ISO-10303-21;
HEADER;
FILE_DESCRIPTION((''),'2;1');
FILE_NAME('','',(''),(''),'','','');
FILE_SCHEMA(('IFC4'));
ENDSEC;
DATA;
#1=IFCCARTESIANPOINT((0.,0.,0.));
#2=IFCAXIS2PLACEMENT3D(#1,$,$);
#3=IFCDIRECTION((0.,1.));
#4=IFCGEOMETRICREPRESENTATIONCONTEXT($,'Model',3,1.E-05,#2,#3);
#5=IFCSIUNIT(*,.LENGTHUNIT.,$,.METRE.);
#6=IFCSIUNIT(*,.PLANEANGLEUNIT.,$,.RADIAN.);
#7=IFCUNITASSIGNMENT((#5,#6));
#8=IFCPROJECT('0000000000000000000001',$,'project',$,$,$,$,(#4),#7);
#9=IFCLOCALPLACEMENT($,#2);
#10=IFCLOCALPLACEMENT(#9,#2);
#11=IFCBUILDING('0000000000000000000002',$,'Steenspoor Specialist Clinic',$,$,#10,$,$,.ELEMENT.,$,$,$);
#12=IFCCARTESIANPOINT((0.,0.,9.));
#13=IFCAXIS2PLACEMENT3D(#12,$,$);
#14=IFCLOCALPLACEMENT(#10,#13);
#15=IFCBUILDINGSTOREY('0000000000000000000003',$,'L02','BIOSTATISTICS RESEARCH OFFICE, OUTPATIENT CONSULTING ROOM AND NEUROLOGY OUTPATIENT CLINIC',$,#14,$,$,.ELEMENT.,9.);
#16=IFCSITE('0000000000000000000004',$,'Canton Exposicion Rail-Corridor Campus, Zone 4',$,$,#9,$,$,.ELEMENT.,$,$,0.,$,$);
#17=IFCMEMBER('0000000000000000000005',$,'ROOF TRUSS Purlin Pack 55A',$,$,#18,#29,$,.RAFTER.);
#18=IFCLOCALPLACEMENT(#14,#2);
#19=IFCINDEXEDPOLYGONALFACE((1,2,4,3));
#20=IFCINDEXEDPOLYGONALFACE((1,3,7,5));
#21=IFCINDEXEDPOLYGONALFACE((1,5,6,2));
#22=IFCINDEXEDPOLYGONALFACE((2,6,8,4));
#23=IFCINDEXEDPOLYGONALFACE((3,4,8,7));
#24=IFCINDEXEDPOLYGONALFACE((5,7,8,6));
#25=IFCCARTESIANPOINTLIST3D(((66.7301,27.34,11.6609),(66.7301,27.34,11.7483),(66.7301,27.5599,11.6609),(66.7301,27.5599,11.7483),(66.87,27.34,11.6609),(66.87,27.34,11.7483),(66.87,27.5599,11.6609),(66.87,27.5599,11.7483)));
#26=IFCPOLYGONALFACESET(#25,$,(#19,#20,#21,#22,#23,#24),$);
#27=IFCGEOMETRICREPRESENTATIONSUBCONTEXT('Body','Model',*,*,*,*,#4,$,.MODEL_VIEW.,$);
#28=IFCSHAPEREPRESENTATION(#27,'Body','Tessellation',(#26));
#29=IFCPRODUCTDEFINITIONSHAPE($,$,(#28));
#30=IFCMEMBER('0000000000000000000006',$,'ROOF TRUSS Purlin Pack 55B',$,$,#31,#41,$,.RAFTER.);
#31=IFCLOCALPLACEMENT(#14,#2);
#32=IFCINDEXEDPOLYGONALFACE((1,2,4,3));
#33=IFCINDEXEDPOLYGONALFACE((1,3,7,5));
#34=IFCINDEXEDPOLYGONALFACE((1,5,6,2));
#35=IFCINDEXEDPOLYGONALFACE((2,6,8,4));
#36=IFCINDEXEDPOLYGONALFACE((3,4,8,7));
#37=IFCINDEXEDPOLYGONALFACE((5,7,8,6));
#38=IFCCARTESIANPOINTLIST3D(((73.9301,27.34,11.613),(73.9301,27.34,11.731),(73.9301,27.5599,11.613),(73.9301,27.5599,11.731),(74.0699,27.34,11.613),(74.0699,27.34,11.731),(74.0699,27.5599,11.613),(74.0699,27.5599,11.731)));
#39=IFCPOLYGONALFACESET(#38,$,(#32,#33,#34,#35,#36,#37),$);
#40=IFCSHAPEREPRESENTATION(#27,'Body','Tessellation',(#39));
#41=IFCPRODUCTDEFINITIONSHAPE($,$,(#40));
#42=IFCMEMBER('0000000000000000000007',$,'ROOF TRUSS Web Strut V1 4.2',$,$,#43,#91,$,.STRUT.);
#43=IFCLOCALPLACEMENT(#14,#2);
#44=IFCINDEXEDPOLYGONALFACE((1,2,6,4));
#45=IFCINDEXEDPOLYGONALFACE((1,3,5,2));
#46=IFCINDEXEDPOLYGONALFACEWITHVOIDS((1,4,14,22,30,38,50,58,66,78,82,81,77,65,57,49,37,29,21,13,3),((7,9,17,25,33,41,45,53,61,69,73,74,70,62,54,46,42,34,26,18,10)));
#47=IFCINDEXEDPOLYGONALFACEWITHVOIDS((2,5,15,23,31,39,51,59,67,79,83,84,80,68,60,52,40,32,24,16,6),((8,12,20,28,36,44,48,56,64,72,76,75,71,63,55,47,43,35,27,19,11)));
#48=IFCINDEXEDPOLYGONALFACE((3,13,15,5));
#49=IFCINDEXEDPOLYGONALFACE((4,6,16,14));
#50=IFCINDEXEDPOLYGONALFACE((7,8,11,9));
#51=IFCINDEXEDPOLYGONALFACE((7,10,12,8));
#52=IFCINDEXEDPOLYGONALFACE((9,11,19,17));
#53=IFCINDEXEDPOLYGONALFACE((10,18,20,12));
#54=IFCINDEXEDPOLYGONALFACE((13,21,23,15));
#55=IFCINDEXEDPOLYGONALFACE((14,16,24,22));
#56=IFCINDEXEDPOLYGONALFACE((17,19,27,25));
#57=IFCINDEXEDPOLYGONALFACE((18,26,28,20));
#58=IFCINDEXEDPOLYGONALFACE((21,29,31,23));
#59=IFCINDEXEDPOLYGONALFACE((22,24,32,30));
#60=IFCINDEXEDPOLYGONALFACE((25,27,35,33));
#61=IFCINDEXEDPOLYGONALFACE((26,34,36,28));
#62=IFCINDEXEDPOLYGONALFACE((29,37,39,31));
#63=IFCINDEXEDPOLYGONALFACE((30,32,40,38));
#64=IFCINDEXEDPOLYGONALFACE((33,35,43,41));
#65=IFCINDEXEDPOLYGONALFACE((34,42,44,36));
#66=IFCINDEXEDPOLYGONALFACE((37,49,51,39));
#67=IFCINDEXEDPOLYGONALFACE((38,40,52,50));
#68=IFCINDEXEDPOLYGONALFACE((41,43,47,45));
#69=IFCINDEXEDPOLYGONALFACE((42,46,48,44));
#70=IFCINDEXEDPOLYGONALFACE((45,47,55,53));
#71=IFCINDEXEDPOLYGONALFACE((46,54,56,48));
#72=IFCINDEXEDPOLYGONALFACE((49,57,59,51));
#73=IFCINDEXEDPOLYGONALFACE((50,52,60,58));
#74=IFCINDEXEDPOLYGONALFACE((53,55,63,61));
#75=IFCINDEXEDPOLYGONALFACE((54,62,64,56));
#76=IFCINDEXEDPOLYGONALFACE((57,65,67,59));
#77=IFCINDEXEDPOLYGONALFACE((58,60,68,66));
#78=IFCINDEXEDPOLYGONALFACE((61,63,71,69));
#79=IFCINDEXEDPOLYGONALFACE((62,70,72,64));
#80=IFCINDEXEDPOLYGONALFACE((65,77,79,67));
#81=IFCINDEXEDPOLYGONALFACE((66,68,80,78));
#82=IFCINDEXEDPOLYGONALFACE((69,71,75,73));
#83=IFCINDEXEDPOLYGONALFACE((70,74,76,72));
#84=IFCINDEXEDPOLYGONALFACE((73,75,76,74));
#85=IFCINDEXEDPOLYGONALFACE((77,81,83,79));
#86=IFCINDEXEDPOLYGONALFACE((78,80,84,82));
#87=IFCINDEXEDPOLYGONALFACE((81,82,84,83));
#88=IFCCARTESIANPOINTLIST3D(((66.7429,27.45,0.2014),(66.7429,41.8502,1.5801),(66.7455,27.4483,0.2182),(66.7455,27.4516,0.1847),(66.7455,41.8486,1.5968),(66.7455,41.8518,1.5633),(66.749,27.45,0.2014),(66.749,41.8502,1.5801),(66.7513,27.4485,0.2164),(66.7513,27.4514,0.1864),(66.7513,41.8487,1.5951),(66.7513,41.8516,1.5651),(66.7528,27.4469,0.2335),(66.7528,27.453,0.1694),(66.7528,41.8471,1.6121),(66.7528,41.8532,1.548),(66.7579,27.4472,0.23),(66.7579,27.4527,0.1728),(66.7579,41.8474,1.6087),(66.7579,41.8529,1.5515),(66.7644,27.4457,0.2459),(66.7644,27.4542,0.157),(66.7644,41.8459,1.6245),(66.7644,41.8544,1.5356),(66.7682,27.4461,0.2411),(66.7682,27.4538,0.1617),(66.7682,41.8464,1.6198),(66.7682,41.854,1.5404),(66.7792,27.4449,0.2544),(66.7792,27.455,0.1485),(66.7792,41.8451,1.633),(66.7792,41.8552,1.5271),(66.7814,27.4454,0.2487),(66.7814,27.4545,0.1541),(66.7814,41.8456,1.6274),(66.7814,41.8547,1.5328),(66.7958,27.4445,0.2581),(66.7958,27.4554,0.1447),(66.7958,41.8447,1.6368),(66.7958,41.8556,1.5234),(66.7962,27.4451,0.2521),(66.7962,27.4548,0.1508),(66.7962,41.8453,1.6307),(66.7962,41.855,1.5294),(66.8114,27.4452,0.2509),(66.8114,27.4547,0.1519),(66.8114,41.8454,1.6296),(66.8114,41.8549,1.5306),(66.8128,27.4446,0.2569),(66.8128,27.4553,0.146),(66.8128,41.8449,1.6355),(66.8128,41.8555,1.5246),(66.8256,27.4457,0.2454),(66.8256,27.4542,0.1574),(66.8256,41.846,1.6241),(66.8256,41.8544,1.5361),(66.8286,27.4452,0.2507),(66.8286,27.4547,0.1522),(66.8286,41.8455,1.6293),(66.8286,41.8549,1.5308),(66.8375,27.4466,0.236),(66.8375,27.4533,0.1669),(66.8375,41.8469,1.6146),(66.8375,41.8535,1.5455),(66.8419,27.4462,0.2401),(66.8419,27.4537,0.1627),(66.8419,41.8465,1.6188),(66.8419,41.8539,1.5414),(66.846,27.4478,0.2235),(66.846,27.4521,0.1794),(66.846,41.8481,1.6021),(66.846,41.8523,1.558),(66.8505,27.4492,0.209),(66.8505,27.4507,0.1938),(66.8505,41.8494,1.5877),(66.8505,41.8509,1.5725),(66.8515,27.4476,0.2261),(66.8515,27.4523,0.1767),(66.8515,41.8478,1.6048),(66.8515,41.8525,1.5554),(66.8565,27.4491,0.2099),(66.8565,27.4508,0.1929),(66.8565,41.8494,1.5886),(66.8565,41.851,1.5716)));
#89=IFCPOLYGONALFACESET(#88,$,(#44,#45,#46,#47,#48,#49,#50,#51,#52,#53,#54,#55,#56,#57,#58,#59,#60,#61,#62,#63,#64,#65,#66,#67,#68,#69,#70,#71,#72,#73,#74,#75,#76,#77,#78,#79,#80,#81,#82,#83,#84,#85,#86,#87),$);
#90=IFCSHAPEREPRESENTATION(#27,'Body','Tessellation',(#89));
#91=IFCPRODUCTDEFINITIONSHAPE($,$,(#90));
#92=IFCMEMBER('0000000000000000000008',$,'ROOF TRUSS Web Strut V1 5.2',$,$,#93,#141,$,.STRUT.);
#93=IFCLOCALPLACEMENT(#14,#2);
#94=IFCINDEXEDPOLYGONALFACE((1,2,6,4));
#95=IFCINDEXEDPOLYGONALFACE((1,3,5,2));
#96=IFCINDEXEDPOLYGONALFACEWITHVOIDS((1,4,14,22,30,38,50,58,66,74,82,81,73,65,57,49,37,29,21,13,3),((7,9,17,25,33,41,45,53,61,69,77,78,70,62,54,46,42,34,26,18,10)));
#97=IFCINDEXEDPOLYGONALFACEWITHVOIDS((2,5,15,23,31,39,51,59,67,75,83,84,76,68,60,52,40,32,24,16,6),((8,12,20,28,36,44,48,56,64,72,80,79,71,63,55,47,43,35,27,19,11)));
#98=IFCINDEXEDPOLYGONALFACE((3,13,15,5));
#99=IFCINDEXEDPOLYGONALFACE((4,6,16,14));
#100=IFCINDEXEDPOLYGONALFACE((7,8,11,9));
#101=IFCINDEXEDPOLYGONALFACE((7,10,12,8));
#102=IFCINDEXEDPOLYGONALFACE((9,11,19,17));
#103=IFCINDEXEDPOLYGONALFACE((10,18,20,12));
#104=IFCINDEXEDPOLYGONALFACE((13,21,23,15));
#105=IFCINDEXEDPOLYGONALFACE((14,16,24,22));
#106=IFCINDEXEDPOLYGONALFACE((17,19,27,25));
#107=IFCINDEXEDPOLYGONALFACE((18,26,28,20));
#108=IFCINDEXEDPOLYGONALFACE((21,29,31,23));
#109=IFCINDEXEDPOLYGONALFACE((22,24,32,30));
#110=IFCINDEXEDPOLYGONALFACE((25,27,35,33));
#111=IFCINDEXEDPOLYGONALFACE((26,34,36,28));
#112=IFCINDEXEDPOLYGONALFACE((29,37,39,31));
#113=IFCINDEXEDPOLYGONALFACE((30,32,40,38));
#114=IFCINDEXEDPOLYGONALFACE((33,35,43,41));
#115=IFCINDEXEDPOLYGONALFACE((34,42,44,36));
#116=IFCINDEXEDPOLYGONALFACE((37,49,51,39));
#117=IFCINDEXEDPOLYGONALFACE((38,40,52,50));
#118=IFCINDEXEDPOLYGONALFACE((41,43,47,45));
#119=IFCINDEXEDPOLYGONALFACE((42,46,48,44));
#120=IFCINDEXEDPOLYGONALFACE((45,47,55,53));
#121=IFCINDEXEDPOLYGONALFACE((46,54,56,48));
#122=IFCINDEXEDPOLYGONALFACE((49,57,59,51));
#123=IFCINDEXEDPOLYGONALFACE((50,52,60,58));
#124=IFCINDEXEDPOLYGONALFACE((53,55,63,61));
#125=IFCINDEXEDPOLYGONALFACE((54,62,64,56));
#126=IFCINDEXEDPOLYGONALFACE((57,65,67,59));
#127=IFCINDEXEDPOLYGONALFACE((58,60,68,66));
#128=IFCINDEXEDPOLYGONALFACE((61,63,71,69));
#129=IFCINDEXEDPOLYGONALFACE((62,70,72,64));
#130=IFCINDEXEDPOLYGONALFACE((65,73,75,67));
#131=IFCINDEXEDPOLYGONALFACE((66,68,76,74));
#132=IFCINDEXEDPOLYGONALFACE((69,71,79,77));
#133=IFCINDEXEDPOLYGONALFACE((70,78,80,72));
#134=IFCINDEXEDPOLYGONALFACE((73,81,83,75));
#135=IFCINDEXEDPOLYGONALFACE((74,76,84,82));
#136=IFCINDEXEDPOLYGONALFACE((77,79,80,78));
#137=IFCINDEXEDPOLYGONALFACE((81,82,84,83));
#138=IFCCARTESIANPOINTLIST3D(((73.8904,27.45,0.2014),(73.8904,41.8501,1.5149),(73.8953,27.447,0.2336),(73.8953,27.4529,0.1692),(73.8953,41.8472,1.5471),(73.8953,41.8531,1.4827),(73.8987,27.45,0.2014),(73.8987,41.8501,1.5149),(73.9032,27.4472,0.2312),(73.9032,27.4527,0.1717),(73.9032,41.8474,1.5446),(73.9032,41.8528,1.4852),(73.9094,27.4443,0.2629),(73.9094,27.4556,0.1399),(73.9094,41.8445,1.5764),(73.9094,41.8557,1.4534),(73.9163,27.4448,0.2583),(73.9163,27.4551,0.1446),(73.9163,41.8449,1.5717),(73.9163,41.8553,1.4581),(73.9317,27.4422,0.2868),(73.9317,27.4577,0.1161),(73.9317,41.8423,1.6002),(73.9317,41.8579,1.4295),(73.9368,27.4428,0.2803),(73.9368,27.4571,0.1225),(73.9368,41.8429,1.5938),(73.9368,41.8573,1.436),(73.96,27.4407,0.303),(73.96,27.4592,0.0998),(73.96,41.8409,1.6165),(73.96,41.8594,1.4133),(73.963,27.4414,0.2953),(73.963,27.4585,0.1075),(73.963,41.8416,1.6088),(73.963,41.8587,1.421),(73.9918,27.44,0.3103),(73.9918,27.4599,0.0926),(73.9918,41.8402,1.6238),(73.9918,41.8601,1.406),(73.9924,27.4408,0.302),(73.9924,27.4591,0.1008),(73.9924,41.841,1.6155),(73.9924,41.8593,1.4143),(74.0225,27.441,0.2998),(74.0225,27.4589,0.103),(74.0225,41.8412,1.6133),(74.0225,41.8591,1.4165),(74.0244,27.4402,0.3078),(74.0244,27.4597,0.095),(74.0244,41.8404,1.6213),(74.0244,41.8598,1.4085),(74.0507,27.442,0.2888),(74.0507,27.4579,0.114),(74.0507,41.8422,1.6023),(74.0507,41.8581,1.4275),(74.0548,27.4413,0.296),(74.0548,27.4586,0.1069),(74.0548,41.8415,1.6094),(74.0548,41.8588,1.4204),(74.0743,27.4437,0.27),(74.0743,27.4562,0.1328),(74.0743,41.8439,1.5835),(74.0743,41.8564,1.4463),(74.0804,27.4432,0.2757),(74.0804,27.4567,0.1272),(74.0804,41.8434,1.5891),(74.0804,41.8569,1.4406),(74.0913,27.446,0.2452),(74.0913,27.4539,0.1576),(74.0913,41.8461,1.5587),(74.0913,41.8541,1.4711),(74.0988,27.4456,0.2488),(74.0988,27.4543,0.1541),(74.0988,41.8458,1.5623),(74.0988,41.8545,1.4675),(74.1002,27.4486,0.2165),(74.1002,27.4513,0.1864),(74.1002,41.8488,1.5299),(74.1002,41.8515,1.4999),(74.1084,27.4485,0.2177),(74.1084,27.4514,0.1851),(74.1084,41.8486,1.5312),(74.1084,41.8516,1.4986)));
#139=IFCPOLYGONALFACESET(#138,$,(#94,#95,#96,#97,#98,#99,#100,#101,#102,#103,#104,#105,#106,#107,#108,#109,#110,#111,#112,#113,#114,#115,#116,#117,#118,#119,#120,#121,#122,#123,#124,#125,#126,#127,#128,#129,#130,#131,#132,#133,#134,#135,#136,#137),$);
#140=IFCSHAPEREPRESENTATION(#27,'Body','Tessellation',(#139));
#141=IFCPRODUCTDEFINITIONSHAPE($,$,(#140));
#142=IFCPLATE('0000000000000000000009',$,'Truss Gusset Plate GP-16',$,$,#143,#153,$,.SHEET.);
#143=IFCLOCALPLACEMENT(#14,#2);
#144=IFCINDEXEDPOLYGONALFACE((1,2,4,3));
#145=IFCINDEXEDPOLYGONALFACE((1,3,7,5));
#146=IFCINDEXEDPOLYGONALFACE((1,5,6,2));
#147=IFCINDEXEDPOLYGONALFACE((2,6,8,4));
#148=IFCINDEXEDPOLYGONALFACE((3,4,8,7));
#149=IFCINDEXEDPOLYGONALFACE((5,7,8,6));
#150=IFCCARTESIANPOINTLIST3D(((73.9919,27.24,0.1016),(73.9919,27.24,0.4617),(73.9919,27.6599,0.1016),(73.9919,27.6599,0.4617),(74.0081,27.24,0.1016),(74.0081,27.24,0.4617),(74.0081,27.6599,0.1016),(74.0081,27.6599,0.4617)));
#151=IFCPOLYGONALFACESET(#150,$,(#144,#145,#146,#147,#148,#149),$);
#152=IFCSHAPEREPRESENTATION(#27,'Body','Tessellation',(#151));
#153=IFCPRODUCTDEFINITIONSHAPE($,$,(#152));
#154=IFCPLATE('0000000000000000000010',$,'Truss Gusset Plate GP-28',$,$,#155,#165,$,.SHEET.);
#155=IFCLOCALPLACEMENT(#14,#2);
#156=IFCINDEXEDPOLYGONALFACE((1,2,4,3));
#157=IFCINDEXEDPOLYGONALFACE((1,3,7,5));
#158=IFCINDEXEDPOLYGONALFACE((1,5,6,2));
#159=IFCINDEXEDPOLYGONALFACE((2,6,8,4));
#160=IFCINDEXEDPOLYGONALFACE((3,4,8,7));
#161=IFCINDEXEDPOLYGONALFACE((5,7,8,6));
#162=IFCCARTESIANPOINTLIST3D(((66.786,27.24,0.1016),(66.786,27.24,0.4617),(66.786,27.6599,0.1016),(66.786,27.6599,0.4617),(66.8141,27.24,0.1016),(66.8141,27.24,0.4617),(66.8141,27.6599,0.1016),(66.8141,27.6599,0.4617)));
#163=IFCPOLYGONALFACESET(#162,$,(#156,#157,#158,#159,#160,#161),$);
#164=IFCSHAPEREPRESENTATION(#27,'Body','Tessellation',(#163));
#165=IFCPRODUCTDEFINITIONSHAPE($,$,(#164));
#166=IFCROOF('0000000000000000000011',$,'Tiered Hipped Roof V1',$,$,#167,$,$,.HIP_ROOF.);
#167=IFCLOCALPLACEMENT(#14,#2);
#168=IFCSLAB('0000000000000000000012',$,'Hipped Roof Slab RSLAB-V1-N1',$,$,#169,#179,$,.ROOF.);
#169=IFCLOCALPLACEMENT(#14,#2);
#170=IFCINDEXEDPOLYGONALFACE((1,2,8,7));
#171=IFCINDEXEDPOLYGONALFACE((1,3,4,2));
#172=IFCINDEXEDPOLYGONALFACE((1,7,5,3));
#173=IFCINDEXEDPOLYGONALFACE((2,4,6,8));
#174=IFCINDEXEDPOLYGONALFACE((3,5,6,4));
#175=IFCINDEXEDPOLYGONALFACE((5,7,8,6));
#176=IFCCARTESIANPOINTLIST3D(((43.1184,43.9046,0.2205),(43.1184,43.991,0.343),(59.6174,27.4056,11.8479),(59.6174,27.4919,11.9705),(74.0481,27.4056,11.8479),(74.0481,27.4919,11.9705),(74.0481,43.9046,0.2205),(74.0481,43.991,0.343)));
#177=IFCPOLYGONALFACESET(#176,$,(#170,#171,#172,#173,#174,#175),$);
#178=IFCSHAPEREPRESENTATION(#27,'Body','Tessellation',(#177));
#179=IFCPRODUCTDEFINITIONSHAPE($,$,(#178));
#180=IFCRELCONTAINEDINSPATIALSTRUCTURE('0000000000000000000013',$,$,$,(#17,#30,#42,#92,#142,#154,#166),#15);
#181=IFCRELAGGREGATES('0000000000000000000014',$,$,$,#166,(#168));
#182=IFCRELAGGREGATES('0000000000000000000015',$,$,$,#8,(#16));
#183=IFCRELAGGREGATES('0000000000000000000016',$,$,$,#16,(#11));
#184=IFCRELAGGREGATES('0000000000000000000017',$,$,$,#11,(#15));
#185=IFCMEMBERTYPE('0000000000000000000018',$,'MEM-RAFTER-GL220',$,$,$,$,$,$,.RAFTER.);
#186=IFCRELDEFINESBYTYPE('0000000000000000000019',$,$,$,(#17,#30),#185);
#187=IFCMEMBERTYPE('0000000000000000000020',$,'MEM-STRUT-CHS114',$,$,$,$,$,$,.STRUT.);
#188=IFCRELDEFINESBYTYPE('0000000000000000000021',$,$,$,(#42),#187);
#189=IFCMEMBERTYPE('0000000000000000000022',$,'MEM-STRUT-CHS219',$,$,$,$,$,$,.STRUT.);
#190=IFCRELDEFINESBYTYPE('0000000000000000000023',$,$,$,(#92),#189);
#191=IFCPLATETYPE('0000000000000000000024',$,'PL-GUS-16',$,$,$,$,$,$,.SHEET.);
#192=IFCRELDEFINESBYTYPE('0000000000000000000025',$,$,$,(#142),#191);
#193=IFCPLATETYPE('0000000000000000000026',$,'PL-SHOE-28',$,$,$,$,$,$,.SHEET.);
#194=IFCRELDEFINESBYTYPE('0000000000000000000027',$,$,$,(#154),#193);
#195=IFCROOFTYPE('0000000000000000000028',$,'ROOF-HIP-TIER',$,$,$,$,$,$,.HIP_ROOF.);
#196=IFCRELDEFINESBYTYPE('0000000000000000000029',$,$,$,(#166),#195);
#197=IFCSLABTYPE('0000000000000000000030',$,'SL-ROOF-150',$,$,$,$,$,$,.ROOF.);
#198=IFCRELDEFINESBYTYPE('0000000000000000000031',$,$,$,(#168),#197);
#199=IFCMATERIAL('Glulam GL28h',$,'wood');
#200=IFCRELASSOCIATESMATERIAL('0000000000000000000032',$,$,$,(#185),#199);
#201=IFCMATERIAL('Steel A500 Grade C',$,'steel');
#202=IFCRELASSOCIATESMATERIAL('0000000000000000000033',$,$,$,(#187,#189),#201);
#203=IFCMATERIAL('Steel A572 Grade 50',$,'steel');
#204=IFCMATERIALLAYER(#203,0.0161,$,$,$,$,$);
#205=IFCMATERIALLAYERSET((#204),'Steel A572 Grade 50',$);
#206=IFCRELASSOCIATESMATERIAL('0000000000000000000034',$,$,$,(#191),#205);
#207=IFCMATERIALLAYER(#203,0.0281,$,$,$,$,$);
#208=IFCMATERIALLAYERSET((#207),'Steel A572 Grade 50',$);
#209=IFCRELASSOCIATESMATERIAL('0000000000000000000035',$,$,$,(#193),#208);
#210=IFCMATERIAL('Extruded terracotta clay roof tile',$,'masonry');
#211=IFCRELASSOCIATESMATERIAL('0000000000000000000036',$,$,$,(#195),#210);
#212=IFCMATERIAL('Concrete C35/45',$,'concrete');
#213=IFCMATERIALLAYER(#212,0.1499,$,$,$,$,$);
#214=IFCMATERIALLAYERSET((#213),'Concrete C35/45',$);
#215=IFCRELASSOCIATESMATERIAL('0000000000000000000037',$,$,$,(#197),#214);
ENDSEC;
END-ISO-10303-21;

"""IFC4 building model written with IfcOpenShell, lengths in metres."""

from ifc_helpers import new_model, si_unit, direction, frame, origin, origin_2d, place, context, subcontext, project, spatial, polyline, rectangle, hollow_circle, outline, extrude, material, layer, layer_set, material_profile, profile_set, type_object, element, aggregate, save


model = new_model("IFC4")

# Units and contexts
model_context = context("Model", 3, precision=1e-05, world=origin(), true_north=direction((0.0, 1.0)))
body_context = subcontext(model_context, "Body", "Model", "MODEL_VIEW")
ifc_project = project(units=[si_unit("LENGTHUNIT", "METRE"), si_unit("PLANEANGLEUNIT", "RADIAN")], contexts=[model_context])

# Site, building, storey
site_placement = place(None, origin())
site = spatial("IfcSite", under=ifc_project, at=site_placement, Name="Canton Exposicion Rail-Corridor Campus, Zone 4", CompositionType="ELEMENT", RefElevation=0.0)
building_placement = place(site_placement, origin())
building = spatial("IfcBuilding", under=site, at=building_placement, Name="Steenspoor Specialist Clinic", CompositionType="ELEMENT")
storey_placement = place(building_placement, frame((0.0, 0.0, 9.0)))
storey = spatial("IfcBuildingStorey", under=building, at=storey_placement, Name="L02", Description="BIOSTATISTICS RESEARCH OFFICE, OUTPATIENT CONSULTING ROOM AND NEUROLOGY OUTPATIENT CLINIC", CompositionType="ELEMENT", Elevation=9.0)

# Members
ifc_material_1 = material(Name="Steel A500 Grade C", Category="steel")
ifc_material_2 = material(Name="Glulam GL28h", Category="wood")
ifc_material_profile_1 = material_profile(ifc_material_2, rectangle(XDim=0.1399, YDim=0.22, at=origin_2d()), Name="GL28H-140X220")
ifc_profile_set_1 = profile_set([ifc_material_profile_1], Name="Glulam GL28h")
member_type_1 = type_object("IfcMemberType", Name="MEM-RAFTER-GL220", PredefinedType="RAFTER", material=ifc_profile_set_1)
for number, where, z_axis, x_axis, name in (
    (1, (66.8, 27.45, 11.6609), (0.0, 0.0, 1.0), (1.0, 0.0, 0.0), "ROOF TRUSS Purlin Pack 55A"),
):
    element("IfcMember", number, at=place(storey_placement, frame(where, z_axis=z_axis, x_axis=x_axis)), inside=storey, type_object=member_type_1, Name=name, PredefinedType="RAFTER", context=body_context, shape_type="SweptSolid", body=[
        extrude(rectangle(XDim=0.1399, YDim=0.22, at=origin_2d()), origin(), (0.0, 0.0, 1.0), 0.0874),
    ])
member_1_placement = place(storey_placement, frame((74.0, 27.45, 11.613), z_axis=(0.0, 0.0, 1.0), x_axis=(1.0, 0.0, 0.0)))
element("IfcMember", 2, at=member_1_placement, inside=storey, type_object=member_type_1, Name="ROOF TRUSS Purlin Pack 55B", PredefinedType="RAFTER", context=body_context, shape_type="SweptSolid", body=[
    extrude(rectangle(XDim=0.1399, YDim=0.22, at=origin_2d()), origin(), (0.0, 0.0, 1.0), 0.1179),
])
ifc_material_profile_2 = material_profile(ifc_material_1, hollow_circle(Radius=0.0571, WallThickness=0.0061, at=origin_2d()), Name="CHS114X6.0")
ifc_profile_set_2 = profile_set([ifc_material_profile_2], Name="Steel A500 Grade C")
member_type_2 = type_object("IfcMemberType", Name="MEM-STRUT-CHS114", PredefinedType="STRUT", material=ifc_profile_set_2)
member_2_placement = place(storey_placement, frame((66.8, 27.45, 0.2014), z_axis=(0.0, 0.995448, 0.095304), x_axis=(-1.0, 0.0, 0.0)))
element("IfcMember", 3, at=member_2_placement, inside=storey, type_object=member_type_2, Name="ROOF TRUSS Web Strut V1 4.2", PredefinedType="STRUT", context=body_context, shape_type="SweptSolid", body=[
    extrude(hollow_circle(Radius=0.0571, WallThickness=0.0061, at=origin_2d()), origin(), (0.0, 0.0, 1.0), 14.4661),
])
ifc_material_profile_3 = material_profile(ifc_material_1, hollow_circle(Radius=0.1096, WallThickness=0.0083, at=origin_2d()), Name="CHS219X8.2")
ifc_profile_set_3 = profile_set([ifc_material_profile_3], Name="Steel A500 Grade C")
member_type_3 = type_object("IfcMemberType", Name="MEM-STRUT-CHS219", PredefinedType="STRUT", material=ifc_profile_set_3)
member_3_placement = place(storey_placement, frame((74.0, 27.45, 0.2014), z_axis=(0.0, 0.995866, 0.090836), x_axis=(-1.0, 0.0, 0.0)))
element("IfcMember", 4, at=member_3_placement, inside=storey, type_object=member_type_3, Name="ROOF TRUSS Web Strut V1 5.2", PredefinedType="STRUT", context=body_context, shape_type="SweptSolid", body=[
    extrude(hollow_circle(Radius=0.1096, WallThickness=0.0083, at=origin_2d()), origin(), (0.0, 0.0, 1.0), 14.46),
])

# Plates
ifc_material_3 = material(Name="Steel A572 Grade 50", Category="steel")
ifc_layer_1 = layer(ifc_material_3, 0.0161)
ifc_layer_set_1 = layer_set([ifc_layer_1], Name="Steel A572 Grade 50")
plate_type_1 = type_object("IfcPlateType", Name="PL-GUS-16", PredefinedType="SHEET", material=ifc_layer_set_1)
plate_1_placement = place(storey_placement, frame((74.0, 27.45, 0.1016), z_axis=(0.0, 0.0, 1.0), x_axis=(1.0, 0.0, 0.0)))
element("IfcPlate", 5, at=plate_1_placement, inside=storey, type_object=plate_type_1, Name="Truss Gusset Plate GP-16", PredefinedType="SHEET", context=body_context, shape_type="SweptSolid", body=[
    extrude(rectangle(XDim=0.0161, YDim=0.4199, at=origin_2d()), origin(), (0.0, 0.0, 1.0), 0.3601),
])
ifc_layer_2 = layer(ifc_material_3, 0.0281)
ifc_layer_set_2 = layer_set([ifc_layer_2], Name="Steel A572 Grade 50")
plate_type_2 = type_object("IfcPlateType", Name="PL-SHOE-28", PredefinedType="SHEET", material=ifc_layer_set_2)
plate_2_placement = place(storey_placement, frame((66.8, 27.45, 0.1016), z_axis=(0.0, 0.0, 1.0), x_axis=(1.0, 0.0, 0.0)))
element("IfcPlate", 6, at=plate_2_placement, inside=storey, type_object=plate_type_2, Name="Truss Gusset Plate GP-28", PredefinedType="SHEET", context=body_context, shape_type="SweptSolid", body=[
    extrude(rectangle(XDim=0.0281, YDim=0.4199, at=origin_2d()), origin(), (0.0, 0.0, 1.0), 0.3601),
])

# Roof, slab
ifc_material_4 = material(Name="Extruded terracotta clay roof tile", Category="masonry")
roof_type = type_object("IfcRoofType", Name="ROOF-HIP-TIER", PredefinedType="HIP_ROOF", material=ifc_material_4)
roof_placement = place(storey_placement, origin())
roof = element("IfcRoof", 7, at=roof_placement, inside=storey, type_object=roof_type, Name="Tiered Hipped Roof V1", PredefinedType="HIP_ROOF")
ifc_material_5 = material(Name="Concrete C35/45", Category="concrete")
ifc_layer_3 = layer(ifc_material_5, 0.1499)
ifc_layer_set_3 = layer_set([ifc_layer_3], Name="Concrete C35/45")
slab_type = type_object("IfcSlabType", Name="SL-ROOF-150", PredefinedType="ROOF", material=ifc_layer_set_3)
slab_placement = place(storey_placement, frame((59.6174, 27.4919, 11.9705), z_axis=(0.0, 0.576057, 0.817409), x_axis=(1.0, 0.0, 0.0)))
slab = element("IfcSlab", 8, at=slab_placement, type_object=slab_type, Name="Hipped Roof Slab RSLAB-V1-N1", PredefinedType="ROOF", context=body_context, shape_type="SweptSolid", body=[
    extrude(outline(polyline([(0.0, 0.0), (14.4307, 0.0), (14.4307, 20.1845), (-16.499, 20.1845), (0.0, 0.0)])), origin(), (0.0, 0.0, -1.0), 0.1499),
])
aggregate(roof, [slab])

save(model, "model.ifc")
